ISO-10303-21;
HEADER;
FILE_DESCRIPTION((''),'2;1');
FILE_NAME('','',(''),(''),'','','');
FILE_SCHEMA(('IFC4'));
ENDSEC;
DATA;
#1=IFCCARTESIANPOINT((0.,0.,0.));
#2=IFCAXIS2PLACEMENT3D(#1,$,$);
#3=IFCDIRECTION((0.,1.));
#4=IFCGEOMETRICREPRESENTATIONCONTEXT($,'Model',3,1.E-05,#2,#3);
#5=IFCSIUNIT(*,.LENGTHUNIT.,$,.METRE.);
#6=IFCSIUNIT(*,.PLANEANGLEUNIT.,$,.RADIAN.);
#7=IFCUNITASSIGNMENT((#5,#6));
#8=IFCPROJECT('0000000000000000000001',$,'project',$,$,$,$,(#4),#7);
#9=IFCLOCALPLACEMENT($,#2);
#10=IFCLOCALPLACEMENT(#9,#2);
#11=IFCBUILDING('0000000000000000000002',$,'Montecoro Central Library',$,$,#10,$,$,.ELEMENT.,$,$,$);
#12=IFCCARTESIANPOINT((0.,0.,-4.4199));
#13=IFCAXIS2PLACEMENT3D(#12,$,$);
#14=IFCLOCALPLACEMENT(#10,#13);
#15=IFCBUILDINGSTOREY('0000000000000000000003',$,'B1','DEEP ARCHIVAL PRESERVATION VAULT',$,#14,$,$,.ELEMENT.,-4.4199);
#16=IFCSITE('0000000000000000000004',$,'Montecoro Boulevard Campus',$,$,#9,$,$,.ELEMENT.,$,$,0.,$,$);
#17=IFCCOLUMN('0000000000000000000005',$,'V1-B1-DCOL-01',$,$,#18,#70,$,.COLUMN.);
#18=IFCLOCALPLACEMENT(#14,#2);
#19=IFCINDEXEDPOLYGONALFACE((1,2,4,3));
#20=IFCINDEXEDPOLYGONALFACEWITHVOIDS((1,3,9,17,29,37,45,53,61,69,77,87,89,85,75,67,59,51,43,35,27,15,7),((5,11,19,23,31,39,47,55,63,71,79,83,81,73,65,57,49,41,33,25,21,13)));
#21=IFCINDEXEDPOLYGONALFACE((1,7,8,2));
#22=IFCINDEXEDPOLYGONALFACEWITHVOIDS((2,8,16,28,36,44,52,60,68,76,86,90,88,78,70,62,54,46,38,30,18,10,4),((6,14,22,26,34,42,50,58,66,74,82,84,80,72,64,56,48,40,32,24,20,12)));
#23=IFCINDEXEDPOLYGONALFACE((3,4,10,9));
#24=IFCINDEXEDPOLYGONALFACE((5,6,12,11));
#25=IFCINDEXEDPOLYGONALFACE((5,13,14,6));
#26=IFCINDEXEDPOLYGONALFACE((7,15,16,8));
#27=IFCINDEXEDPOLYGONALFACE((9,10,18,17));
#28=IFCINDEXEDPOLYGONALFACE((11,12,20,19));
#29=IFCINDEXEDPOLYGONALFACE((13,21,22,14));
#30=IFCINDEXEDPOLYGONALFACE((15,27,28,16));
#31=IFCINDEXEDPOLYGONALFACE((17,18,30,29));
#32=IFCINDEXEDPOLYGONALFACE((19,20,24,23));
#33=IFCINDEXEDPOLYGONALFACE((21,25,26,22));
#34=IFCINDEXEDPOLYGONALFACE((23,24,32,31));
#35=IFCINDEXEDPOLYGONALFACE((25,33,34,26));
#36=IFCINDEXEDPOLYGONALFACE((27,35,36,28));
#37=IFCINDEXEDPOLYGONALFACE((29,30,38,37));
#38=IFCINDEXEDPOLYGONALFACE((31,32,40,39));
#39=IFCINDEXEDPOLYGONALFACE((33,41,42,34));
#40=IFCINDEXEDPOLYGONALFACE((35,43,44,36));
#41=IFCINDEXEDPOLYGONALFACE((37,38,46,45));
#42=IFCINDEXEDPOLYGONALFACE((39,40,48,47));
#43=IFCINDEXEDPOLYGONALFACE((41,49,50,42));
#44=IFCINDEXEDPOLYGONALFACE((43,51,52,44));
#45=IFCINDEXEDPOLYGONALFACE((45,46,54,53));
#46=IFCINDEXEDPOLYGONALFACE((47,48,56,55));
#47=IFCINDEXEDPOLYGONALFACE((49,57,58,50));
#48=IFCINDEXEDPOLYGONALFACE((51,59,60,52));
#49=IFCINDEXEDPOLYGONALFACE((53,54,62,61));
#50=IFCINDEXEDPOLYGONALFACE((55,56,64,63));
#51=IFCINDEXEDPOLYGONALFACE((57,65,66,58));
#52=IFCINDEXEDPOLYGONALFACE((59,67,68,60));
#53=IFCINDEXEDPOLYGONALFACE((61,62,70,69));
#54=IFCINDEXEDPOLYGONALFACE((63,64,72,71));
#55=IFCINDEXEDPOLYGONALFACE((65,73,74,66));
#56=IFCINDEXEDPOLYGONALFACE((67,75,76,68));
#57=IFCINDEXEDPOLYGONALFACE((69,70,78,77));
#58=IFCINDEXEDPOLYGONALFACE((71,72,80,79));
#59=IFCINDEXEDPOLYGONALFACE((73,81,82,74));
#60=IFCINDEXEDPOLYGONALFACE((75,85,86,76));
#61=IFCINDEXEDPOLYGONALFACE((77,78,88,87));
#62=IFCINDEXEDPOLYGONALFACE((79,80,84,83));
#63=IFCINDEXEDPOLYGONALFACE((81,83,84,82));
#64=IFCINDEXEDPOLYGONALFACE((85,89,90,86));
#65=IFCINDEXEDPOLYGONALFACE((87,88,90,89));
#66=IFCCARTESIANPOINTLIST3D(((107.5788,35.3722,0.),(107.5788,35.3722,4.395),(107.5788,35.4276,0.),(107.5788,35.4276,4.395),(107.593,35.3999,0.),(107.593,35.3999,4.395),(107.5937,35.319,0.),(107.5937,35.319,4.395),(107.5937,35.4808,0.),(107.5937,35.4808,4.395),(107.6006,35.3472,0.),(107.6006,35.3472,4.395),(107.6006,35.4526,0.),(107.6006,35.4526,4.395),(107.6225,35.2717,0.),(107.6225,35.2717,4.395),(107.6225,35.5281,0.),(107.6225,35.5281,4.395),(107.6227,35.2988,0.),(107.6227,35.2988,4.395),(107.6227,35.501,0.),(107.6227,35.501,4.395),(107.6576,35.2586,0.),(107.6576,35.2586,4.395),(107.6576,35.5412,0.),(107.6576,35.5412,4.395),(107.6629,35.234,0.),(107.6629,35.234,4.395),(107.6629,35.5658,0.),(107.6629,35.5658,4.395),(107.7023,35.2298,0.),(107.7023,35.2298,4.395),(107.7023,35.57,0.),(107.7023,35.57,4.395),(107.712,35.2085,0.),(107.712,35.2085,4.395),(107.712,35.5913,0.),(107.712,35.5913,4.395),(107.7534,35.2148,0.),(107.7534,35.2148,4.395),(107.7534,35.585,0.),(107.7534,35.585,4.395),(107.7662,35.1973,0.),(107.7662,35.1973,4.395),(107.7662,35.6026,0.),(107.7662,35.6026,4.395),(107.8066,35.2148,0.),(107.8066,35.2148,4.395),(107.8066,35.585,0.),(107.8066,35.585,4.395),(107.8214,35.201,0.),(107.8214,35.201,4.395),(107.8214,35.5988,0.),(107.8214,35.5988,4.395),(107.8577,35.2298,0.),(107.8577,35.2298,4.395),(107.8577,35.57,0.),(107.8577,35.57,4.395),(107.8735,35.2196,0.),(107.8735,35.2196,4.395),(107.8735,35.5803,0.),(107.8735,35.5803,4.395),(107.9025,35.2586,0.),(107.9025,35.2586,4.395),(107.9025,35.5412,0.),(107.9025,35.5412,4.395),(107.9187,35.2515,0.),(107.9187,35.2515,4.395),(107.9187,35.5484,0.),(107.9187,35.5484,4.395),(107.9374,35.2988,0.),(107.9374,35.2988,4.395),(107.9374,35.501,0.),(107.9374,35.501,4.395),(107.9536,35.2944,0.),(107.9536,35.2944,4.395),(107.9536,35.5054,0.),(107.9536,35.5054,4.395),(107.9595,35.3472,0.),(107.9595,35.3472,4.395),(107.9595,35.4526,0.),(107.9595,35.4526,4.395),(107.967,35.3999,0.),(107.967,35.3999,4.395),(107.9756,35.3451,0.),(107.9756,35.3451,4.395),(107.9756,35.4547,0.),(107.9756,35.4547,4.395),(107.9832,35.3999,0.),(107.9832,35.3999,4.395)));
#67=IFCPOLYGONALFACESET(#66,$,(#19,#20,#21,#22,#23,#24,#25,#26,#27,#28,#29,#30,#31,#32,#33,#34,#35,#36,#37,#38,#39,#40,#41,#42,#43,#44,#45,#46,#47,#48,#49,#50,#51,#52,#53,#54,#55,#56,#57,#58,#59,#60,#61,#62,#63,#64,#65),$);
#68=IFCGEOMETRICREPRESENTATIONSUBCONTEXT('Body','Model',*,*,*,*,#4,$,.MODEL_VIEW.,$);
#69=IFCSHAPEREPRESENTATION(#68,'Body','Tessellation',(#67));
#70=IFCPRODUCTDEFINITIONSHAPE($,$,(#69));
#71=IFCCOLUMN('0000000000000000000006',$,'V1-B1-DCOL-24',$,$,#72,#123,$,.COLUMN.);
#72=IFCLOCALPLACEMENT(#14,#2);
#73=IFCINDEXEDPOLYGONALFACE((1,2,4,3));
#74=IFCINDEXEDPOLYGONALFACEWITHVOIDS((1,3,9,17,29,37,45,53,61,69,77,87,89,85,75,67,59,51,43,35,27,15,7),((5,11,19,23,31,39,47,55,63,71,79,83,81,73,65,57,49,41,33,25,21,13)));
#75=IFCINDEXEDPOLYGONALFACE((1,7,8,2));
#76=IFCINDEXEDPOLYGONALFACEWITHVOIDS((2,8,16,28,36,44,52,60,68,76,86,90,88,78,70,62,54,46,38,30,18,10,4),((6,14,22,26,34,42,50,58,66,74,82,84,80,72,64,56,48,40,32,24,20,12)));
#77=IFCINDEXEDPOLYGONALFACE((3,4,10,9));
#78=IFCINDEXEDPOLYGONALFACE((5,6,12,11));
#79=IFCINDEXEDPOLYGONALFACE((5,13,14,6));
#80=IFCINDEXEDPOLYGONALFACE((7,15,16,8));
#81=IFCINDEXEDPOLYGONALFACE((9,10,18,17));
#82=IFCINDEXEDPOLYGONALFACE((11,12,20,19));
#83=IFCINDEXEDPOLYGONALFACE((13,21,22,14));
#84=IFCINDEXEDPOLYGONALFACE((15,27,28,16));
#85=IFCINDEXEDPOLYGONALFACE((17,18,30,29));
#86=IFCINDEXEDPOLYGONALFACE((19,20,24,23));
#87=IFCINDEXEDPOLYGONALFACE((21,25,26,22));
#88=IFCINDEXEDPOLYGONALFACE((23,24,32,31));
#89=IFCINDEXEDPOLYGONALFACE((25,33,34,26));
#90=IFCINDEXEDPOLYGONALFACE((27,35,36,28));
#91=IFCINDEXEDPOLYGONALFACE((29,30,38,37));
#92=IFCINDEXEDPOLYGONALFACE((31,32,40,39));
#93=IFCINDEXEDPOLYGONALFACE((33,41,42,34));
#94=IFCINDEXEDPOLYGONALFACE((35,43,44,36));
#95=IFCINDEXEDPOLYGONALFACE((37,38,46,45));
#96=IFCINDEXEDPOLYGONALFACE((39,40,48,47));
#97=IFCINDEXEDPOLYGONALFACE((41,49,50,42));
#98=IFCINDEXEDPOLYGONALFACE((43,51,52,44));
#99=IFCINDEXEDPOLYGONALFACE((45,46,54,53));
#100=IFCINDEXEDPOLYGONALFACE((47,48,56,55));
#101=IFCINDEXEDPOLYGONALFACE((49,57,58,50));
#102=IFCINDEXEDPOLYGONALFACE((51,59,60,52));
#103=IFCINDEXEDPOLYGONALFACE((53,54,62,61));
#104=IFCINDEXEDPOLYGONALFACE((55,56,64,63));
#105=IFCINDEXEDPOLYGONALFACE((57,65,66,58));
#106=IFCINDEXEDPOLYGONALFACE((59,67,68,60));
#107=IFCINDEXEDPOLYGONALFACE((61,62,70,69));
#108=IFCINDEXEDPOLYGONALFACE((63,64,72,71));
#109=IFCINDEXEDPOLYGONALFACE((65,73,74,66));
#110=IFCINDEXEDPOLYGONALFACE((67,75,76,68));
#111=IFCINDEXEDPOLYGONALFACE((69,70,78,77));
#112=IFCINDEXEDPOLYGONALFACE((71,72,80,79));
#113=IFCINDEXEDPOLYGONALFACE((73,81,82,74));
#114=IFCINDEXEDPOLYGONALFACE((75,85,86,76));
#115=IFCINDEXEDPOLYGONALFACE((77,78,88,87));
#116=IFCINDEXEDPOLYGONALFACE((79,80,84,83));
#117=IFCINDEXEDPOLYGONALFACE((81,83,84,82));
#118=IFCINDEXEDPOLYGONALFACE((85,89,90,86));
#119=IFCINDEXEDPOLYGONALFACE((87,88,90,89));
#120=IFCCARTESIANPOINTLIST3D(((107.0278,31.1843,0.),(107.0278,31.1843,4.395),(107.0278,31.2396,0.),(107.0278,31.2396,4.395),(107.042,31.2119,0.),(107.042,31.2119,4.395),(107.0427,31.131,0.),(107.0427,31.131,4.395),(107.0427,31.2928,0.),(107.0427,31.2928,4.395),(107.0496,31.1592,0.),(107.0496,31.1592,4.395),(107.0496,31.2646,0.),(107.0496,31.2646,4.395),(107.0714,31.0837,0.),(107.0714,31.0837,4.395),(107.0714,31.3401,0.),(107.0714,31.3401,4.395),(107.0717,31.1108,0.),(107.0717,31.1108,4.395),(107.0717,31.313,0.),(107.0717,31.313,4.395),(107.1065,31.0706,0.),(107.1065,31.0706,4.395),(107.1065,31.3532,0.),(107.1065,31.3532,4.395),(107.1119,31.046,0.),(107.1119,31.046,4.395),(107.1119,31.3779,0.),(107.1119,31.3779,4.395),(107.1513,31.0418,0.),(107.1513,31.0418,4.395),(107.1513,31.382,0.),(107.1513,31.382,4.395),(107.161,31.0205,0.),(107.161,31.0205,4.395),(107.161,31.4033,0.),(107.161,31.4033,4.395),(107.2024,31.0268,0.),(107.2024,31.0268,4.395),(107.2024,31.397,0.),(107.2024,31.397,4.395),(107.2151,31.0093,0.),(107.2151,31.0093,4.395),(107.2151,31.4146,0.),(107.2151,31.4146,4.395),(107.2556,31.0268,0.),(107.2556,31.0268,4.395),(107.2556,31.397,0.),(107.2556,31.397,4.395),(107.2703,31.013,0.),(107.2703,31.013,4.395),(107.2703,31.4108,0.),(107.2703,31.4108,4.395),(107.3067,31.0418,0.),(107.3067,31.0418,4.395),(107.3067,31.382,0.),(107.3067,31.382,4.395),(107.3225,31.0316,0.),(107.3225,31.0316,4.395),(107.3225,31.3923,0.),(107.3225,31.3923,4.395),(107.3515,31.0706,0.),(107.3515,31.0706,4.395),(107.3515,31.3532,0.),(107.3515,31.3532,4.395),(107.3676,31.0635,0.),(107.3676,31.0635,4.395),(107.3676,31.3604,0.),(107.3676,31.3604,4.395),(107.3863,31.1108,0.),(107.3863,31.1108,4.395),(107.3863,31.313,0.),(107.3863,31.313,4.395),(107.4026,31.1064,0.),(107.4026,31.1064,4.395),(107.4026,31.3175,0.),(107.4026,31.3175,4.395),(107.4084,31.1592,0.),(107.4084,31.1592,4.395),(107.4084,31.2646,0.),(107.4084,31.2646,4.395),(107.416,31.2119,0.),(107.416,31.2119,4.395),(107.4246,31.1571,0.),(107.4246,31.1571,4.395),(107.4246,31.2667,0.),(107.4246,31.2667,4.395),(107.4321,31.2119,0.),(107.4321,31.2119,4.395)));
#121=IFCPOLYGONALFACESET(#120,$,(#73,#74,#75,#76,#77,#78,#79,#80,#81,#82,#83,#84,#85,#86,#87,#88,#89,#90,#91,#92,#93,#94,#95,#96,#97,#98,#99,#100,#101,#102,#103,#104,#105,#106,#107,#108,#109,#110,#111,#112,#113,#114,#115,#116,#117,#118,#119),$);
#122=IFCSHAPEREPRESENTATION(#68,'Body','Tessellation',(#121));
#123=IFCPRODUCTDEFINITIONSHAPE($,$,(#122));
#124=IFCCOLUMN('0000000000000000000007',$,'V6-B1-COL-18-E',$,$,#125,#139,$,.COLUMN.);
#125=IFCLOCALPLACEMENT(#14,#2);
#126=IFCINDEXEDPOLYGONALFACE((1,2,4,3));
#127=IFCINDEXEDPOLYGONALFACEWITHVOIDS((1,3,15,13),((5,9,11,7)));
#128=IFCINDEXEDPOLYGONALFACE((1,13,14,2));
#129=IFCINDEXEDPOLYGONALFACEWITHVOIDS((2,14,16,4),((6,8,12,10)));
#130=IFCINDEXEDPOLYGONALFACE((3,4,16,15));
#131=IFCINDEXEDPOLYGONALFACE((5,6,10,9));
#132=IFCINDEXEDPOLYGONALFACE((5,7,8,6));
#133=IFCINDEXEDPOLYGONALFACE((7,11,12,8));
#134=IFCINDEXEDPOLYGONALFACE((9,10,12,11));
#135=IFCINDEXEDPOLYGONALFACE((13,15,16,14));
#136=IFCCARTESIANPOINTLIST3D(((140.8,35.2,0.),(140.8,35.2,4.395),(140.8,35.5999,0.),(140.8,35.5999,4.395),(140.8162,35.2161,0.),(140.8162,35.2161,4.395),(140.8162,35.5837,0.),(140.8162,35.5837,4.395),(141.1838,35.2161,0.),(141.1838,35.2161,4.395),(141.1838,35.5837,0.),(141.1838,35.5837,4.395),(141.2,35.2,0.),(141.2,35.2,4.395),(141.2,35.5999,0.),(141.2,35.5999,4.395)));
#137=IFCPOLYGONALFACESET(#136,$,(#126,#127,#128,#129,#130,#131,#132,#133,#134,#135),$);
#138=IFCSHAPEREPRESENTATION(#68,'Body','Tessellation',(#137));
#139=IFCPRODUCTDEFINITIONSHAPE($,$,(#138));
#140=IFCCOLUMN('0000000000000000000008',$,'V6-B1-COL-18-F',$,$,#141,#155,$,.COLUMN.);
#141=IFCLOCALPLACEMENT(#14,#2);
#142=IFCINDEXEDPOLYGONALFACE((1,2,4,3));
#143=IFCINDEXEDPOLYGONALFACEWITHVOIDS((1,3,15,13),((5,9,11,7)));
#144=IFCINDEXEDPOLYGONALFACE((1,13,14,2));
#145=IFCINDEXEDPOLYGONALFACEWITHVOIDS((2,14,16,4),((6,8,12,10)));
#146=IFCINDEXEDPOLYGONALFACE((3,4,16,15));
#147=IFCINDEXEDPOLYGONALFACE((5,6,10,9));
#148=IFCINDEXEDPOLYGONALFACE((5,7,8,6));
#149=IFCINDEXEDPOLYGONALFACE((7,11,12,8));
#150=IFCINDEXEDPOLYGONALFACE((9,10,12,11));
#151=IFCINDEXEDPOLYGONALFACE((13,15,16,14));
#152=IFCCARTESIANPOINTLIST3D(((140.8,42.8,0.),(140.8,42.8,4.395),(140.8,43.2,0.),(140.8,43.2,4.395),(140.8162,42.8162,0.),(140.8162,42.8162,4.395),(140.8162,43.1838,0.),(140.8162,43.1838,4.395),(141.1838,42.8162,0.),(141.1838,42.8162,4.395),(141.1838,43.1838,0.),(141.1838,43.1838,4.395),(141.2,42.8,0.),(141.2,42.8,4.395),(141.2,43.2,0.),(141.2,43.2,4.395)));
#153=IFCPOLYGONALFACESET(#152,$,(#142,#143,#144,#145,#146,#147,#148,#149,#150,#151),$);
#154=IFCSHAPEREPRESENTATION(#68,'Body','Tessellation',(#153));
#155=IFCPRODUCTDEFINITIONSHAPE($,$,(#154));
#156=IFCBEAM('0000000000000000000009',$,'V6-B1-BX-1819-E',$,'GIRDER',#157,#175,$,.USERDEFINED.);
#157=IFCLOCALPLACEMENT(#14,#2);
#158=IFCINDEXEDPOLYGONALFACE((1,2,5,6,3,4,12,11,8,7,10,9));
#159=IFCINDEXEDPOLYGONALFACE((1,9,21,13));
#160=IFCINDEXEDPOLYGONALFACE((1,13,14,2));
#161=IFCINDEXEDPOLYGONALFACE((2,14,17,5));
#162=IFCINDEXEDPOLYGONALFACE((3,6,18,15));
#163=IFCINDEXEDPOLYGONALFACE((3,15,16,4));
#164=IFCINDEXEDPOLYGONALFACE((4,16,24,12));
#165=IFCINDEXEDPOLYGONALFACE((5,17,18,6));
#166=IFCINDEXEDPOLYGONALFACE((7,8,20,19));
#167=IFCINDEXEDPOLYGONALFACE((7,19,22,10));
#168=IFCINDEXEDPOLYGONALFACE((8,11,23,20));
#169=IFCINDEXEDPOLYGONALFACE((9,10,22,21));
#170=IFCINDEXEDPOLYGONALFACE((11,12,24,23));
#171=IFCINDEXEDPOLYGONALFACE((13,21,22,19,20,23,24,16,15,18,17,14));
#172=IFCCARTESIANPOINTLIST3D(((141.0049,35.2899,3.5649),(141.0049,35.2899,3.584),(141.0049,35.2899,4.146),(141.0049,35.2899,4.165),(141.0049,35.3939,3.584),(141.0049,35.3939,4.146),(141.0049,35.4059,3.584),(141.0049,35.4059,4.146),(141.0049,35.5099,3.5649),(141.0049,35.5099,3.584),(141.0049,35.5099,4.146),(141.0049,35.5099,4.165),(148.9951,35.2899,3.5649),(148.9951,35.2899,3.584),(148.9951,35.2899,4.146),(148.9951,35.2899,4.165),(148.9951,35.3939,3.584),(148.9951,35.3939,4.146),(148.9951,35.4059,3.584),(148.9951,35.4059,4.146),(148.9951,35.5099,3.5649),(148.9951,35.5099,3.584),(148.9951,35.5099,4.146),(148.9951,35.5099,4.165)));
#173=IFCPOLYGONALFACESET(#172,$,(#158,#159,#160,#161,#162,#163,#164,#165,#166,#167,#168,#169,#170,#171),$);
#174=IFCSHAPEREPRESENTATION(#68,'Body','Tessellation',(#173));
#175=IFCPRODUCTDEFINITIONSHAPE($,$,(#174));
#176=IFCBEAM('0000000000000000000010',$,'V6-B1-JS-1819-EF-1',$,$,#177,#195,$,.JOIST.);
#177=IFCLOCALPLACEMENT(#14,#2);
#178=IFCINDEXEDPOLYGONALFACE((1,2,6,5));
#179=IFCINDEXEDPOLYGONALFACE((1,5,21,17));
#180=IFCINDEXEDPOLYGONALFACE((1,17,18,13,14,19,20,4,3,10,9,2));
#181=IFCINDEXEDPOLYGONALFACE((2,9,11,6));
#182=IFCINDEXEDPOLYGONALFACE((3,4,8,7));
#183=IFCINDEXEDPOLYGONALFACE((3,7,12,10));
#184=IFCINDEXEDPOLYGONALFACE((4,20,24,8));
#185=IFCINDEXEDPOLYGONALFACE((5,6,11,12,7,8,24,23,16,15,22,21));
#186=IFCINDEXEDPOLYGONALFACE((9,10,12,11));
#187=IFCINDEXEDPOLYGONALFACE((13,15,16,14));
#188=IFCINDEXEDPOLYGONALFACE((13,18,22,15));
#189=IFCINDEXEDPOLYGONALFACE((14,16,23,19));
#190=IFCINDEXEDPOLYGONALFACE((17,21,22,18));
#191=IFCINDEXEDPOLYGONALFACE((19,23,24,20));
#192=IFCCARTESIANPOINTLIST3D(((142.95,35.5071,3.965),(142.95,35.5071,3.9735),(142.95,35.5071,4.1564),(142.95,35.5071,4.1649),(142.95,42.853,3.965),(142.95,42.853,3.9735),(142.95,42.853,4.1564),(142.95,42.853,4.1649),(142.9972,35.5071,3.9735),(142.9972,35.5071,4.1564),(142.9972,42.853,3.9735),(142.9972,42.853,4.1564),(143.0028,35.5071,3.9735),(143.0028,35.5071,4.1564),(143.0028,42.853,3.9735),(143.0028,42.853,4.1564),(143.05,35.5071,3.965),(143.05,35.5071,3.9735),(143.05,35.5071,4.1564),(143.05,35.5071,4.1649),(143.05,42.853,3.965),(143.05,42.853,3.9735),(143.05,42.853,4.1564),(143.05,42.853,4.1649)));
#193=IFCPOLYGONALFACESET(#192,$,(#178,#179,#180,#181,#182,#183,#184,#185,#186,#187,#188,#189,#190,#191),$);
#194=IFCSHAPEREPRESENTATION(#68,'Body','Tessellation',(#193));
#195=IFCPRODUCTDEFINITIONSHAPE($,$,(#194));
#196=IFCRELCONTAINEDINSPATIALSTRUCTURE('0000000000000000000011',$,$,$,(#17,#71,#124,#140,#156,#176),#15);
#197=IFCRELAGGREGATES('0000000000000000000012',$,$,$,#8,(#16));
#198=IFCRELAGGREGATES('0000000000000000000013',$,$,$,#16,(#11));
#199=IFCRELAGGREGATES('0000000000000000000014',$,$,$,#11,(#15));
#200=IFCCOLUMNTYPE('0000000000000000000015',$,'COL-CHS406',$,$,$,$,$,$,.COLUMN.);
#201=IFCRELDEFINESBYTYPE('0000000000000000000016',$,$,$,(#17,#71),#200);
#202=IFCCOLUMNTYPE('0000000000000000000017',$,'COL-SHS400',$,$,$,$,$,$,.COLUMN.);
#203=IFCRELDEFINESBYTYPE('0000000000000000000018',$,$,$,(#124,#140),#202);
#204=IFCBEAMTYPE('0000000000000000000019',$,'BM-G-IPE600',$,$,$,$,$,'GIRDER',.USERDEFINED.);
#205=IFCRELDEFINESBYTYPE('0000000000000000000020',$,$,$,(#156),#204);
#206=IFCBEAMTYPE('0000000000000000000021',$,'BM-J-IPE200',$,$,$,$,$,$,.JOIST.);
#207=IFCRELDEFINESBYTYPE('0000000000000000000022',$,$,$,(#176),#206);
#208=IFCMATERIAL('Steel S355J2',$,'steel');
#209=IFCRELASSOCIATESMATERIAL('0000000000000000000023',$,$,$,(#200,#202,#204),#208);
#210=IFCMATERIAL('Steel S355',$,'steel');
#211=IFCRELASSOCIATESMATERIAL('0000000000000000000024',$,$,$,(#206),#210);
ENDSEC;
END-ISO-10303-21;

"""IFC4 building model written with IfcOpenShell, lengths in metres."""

from ifc_helpers import new_model, si_unit, direction, frame, origin, origin_2d, place, context, subcontext, project, spatial, hollow_rectangle, hollow_circle, i_section, extrude, material, material_profile, profile_set, type_object, element, save


model = new_model("IFC4")

# Units and contexts
model_context = context("Model", 3, precision=1e-05, world=origin(), true_north=direction((0.0, 1.0)))
body_context = subcontext(model_context, "Body", "Model", "MODEL_VIEW")
ifc_project = project(units=[si_unit("LENGTHUNIT", "METRE"), si_unit("PLANEANGLEUNIT", "RADIAN")], contexts=[model_context])

# Site, building, storey
site_placement = place(None, origin())
site = spatial("IfcSite", under=ifc_project, at=site_placement, Name="Montecoro Boulevard Campus", CompositionType="ELEMENT", RefElevation=0.0)
building_placement = place(site_placement, origin())
building = spatial("IfcBuilding", under=site, at=building_placement, Name="Montecoro Central Library", CompositionType="ELEMENT")
storey_placement = place(building_placement, frame((0.0, 0.0, -4.4199)))
storey = spatial("IfcBuildingStorey", under=building, at=storey_placement, Name="B1", Description="DEEP ARCHIVAL PRESERVATION VAULT", CompositionType="ELEMENT", Elevation=-4.4199)

# Columns
ifc_material_1 = material(Name="Steel S355J2", Category="steel")
ifc_material_profile_1 = material_profile(ifc_material_1, hollow_circle(Radius=0.2031, WallThickness=0.0161, at=origin_2d()), Name="CHS 406.4x16.0")
ifc_profile_set_1 = profile_set([ifc_material_profile_1], Name="Steel S355J2")
column_type_1 = type_object("IfcColumnType", Name="COL-CHS406", PredefinedType="COLUMN", material=ifc_profile_set_1)
for number, where, z_axis, x_axis, name in (
    (1, (107.78, 35.3999, 0.0), (0.0, 0.0, 1.0), (1.0, 0.0, 0.0), "V1-B1-DCOL-01"),
    (2, (107.229, 31.2119, 0.0), (0.0, 0.0, 1.0), (1.0, 0.0, 0.0), "V1-B1-DCOL-24"),
):
    element("IfcColumn", number, at=place(storey_placement, frame(where, z_axis=z_axis, x_axis=x_axis)), inside=storey, type_object=column_type_1, Name=name, PredefinedType="COLUMN", context=body_context, shape_type="SweptSolid", body=[
        extrude(hollow_circle(Radius=0.2031, WallThickness=0.0161, at=origin_2d()), origin(), (0.0, 0.0, 1.0), 4.395),
    ])
ifc_material_profile_2 = material_profile(ifc_material_1, hollow_rectangle(XDim=0.3999, YDim=0.3999, WallThickness=0.0161, at=origin_2d()), Name="SHS 400x400x16.0")
ifc_profile_set_2 = profile_set([ifc_material_profile_2], Name="Steel S355J2")
column_type_2 = type_object("IfcColumnType", Name="COL-SHS400", PredefinedType="COLUMN", material=ifc_profile_set_2)
for number, where, z_axis, x_axis, name in (
    (3, (141.0, 35.3999, 0.0), (0.0, 0.0, 1.0), (1.0, 0.0, 0.0), "V6-B1-COL-18-E"),
    (4, (141.0, 43.0, 0.0), (0.0, 0.0, 1.0), (1.0, 0.0, 0.0), "V6-B1-COL-18-F"),
):
    element("IfcColumn", number, at=place(storey_placement, frame(where, z_axis=z_axis, x_axis=x_axis)), inside=storey, type_object=column_type_2, Name=name, PredefinedType="COLUMN", context=body_context, shape_type="SweptSolid", body=[
        extrude(hollow_rectangle(XDim=0.3999, YDim=0.3999, WallThickness=0.0161, at=origin_2d()), origin(), (0.0, 0.0, 1.0), 4.395),
    ])

# Beams
ifc_material_profile_3 = material_profile(ifc_material_1, i_section(OverallWidth=0.22, OverallDepth=0.6001, WebThickness=0.012, FlangeThickness=0.019, at=origin_2d()), Name="IPE 600")
ifc_profile_set_3 = profile_set([ifc_material_profile_3], Name="Steel S355J2")
beam_type_1 = type_object("IfcBeamType", Name="BM-G-IPE600", ElementType="GIRDER", PredefinedType="USERDEFINED", material=ifc_profile_set_3)
beam_1_placement = place(storey_placement, frame((141.0049, 35.3999, 3.865), z_axis=(1.0, 0.0, 0.0), x_axis=(0.0, 1.0, 0.0)))
element("IfcBeam", 5, at=beam_1_placement, inside=storey, type_object=beam_type_1, Name="V6-B1-BX-1819-E", ObjectType="GIRDER", PredefinedType="USERDEFINED", context=body_context, shape_type="SweptSolid", body=[
    extrude(i_section(OverallWidth=0.22, OverallDepth=0.6001, WebThickness=0.012, FlangeThickness=0.019, at=origin_2d()), origin(), (0.0, 0.0, 1.0), 7.9902),
])
ifc_material_2 = material(Name="Steel S355", Category="steel")
ifc_material_profile_4 = material_profile(ifc_material_2, i_section(OverallWidth=0.1001, OverallDepth=0.2, WebThickness=0.0056, FlangeThickness=0.0085, at=origin_2d()), Name="IPE 200")
ifc_profile_set_4 = profile_set([ifc_material_profile_4], Name="Steel S355")
beam_type_2 = type_object("IfcBeamType", Name="BM-J-IPE200", PredefinedType="JOIST", material=ifc_profile_set_4)
beam_2_placement = place(storey_placement, frame((143.0, 35.5071, 4.0649), z_axis=(0.0, 1.0, 0.0), x_axis=(-1.0, 0.0, 0.0)))
element("IfcBeam", 6, at=beam_2_placement, inside=storey, type_object=beam_type_2, Name="V6-B1-JS-1819-EF-1", PredefinedType="JOIST", context=body_context, shape_type="SweptSolid", body=[
    extrude(i_section(OverallWidth=0.1001, OverallDepth=0.2, WebThickness=0.0056, FlangeThickness=0.0085, at=origin_2d()), origin(), (0.0, 0.0, 1.0), 7.3459),
])

save(model, "model.ifc")
